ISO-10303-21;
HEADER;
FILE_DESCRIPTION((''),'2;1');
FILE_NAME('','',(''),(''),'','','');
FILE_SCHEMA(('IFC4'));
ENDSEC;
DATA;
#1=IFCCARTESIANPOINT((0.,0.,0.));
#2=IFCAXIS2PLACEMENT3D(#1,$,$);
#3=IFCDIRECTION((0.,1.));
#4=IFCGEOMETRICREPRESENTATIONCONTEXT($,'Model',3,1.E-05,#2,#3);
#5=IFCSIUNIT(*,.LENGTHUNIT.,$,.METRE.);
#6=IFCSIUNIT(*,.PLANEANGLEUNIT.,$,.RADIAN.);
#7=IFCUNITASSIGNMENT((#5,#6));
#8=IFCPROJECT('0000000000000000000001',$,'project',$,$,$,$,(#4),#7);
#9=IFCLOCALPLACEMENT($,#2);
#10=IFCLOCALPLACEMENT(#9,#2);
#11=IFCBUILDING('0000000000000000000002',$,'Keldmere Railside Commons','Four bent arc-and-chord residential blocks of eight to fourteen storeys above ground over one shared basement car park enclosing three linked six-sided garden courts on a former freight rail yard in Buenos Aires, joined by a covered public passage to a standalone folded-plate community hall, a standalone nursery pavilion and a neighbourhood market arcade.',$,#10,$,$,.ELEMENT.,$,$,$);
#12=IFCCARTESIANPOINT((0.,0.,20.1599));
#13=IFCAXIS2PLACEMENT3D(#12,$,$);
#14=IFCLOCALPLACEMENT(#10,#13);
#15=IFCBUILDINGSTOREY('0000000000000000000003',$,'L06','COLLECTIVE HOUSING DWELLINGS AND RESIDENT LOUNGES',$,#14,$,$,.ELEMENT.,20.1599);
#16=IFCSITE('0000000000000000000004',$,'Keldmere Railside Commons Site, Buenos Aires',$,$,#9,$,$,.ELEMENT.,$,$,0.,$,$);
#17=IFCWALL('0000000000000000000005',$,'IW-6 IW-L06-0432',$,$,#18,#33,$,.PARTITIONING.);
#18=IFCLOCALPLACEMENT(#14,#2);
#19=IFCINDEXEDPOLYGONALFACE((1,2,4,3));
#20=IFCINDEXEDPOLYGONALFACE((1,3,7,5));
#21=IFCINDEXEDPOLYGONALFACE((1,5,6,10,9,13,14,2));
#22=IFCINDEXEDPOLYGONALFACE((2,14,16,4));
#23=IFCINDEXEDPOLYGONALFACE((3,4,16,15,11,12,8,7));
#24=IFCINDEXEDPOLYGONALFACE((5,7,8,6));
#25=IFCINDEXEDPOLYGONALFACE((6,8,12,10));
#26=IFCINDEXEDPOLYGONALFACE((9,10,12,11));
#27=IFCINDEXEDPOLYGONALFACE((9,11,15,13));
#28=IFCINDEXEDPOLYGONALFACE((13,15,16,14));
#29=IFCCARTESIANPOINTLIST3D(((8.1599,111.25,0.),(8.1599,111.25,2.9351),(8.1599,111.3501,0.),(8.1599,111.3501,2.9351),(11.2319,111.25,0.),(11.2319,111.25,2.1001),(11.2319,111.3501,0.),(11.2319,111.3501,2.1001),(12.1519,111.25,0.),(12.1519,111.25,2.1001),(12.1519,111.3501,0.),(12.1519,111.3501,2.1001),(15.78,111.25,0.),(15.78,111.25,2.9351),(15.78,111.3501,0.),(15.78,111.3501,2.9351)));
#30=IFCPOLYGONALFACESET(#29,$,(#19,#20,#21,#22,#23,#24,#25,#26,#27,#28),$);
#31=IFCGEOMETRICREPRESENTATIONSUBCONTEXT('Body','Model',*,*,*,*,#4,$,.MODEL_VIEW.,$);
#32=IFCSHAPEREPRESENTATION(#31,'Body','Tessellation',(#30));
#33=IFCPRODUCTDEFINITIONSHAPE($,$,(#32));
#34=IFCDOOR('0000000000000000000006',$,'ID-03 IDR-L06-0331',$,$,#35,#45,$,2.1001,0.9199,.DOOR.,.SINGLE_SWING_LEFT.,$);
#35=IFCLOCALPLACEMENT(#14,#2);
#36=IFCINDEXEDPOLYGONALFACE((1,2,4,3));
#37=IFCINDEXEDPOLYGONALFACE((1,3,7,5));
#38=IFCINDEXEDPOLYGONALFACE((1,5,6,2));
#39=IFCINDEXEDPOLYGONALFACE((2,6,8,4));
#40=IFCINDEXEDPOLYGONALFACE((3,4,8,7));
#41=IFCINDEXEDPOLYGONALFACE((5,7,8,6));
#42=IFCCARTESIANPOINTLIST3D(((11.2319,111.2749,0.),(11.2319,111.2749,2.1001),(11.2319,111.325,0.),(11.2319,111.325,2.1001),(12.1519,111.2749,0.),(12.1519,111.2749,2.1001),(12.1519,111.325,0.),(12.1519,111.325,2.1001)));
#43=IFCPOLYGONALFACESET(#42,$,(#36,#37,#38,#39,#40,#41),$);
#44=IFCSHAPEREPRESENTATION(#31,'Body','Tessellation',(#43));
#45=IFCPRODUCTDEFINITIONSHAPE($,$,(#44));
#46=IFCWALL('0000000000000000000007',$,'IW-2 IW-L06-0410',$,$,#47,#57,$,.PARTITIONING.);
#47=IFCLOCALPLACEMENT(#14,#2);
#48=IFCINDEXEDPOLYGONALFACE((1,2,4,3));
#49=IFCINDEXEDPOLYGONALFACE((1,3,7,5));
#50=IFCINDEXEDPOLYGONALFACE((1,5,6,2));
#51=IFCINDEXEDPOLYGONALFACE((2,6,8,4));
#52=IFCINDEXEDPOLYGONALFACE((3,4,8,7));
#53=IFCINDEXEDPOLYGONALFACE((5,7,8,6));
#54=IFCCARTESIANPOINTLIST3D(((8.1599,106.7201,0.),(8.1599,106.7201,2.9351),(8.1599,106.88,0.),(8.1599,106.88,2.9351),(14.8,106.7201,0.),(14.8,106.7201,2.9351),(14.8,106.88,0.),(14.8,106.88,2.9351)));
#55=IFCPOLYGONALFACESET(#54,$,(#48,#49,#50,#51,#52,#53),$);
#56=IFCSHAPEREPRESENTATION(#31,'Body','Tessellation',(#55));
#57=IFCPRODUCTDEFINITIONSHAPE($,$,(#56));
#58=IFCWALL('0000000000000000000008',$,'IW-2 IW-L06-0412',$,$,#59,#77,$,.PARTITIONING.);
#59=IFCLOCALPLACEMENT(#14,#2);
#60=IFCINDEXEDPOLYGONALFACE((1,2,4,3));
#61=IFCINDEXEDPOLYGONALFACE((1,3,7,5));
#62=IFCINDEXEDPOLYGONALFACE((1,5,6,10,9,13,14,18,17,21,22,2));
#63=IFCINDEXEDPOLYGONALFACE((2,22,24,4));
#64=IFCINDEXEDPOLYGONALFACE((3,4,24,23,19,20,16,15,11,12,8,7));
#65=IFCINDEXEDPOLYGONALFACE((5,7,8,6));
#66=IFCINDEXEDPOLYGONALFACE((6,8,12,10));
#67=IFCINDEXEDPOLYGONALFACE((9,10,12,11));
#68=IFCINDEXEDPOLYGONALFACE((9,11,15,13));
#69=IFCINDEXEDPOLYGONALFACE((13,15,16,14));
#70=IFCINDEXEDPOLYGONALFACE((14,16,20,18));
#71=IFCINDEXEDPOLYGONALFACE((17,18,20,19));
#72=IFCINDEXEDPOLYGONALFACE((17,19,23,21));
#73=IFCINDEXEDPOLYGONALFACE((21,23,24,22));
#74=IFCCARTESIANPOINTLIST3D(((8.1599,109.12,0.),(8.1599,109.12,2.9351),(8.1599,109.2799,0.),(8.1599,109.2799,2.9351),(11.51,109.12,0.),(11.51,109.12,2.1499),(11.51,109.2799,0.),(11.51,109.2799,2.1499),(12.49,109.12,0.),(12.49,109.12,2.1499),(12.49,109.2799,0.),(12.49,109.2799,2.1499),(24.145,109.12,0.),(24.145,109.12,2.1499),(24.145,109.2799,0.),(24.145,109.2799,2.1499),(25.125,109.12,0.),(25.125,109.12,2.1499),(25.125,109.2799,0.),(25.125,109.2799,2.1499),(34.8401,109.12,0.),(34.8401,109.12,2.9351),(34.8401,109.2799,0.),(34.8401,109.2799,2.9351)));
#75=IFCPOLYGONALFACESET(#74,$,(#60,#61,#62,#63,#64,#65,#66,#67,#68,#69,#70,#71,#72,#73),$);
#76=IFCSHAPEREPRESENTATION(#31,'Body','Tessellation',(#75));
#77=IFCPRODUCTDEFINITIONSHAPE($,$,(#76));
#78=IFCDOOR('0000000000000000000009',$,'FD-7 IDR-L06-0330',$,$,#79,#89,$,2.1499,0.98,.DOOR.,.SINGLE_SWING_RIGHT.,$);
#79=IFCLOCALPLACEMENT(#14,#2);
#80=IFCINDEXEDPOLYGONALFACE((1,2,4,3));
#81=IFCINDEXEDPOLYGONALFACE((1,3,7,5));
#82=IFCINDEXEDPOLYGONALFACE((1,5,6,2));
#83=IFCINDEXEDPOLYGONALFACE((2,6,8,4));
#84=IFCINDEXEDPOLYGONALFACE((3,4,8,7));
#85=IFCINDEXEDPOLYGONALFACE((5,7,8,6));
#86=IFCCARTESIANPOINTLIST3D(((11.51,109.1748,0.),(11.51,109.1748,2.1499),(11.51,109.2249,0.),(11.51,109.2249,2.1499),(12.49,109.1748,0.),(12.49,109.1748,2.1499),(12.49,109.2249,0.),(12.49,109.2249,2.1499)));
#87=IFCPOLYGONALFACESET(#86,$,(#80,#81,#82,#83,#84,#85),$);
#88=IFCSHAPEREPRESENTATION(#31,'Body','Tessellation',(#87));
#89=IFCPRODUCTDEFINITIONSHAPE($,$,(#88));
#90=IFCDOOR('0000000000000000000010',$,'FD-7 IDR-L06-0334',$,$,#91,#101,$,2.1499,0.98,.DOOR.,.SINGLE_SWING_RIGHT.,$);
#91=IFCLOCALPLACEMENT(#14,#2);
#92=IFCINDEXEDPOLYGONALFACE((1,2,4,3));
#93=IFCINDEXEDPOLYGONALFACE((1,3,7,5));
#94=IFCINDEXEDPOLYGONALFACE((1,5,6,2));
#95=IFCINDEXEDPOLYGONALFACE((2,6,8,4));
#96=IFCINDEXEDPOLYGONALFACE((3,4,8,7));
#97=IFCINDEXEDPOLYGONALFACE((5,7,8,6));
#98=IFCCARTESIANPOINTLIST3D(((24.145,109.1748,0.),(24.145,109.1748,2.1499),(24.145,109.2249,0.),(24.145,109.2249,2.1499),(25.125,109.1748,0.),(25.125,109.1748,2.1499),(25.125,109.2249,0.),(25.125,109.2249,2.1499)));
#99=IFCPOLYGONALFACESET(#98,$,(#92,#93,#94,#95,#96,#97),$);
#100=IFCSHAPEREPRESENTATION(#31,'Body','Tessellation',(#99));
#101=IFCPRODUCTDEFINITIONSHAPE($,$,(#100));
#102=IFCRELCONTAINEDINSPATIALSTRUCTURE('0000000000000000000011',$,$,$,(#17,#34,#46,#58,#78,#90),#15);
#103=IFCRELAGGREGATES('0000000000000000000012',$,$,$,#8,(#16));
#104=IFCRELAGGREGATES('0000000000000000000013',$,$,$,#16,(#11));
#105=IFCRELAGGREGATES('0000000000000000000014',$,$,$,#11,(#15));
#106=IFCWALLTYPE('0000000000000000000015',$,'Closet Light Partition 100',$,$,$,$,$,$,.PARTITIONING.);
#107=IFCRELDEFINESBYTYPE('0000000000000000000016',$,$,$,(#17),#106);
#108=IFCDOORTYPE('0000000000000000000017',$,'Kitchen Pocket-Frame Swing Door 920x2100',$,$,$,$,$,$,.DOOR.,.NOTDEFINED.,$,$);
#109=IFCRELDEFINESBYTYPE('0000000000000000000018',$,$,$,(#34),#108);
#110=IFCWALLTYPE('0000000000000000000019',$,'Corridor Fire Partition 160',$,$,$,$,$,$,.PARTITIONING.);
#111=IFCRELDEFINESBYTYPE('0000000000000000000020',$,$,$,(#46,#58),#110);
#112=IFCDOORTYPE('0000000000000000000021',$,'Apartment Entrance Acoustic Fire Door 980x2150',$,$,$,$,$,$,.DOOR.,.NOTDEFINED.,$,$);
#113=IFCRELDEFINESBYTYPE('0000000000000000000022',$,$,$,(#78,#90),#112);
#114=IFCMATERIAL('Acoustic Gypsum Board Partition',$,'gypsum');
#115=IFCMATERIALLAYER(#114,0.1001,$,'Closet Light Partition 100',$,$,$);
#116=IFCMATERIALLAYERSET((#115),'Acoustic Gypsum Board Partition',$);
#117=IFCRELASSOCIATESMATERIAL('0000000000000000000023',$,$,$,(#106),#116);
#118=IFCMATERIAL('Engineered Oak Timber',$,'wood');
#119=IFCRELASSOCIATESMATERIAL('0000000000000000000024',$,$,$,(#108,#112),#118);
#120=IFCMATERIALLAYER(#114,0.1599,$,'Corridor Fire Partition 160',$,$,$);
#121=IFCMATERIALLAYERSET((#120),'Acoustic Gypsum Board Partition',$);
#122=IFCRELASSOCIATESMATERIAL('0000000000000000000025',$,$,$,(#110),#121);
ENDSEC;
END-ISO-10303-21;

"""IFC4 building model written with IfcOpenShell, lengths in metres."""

from ifc_helpers import new_model, si_unit, direction, frame, frame_2d, origin, place, context, subcontext, project, spatial, rectangle, extrude, material, layer, layer_set, type_object, element, fill, save


model = new_model("IFC4")

# Units and contexts
model_context = context("Model", 3, precision=1e-05, world=origin(), true_north=direction((0.0, 1.0)))
body_context = subcontext(model_context, "Body", "Model", "MODEL_VIEW")
ifc_project = project(units=[si_unit("LENGTHUNIT", "METRE"), si_unit("PLANEANGLEUNIT", "RADIAN")], contexts=[model_context])

# Site, building, storey
site_placement = place(None, origin())
site = spatial("IfcSite", under=ifc_project, at=site_placement, Name="Keldmere Railside Commons Site, Buenos Aires", CompositionType="ELEMENT", RefElevation=0.0)
building_placement = place(site_placement, origin())
building = spatial("IfcBuilding", under=site, at=building_placement, Name="Keldmere Railside Commons", Description="Four bent arc-and-chord residential blocks of eight to fourteen storeys above ground over one shared basement car park enclosing three linked six-sided garden courts on a former freight rail yard in Buenos Aires, joined by a covered public passage to a standalone folded-plate community hall, a standalone nursery pavilion and a neighbourhood market arcade.", CompositionType="ELEMENT")
storey_placement = place(building_placement, frame((0.0, 0.0, 20.1599)))
storey = spatial("IfcBuildingStorey", under=building, at=storey_placement, Name="L06", Description="COLLECTIVE HOUSING DWELLINGS AND RESIDENT LOUNGES", CompositionType="ELEMENT", Elevation=20.1599)

# Wall, opening, door
ifc_material_1 = material(Name="Acoustic Gypsum Board Partition", Category="gypsum")
ifc_layer_1 = layer(ifc_material_1, 0.1001, Name="Closet Light Partition 100")
ifc_layer_set_1 = layer_set([ifc_layer_1], Name="Acoustic Gypsum Board Partition")
wall_type_1 = type_object("IfcWallType", Name="Closet Light Partition 100", PredefinedType="PARTITIONING", material=ifc_layer_set_1)
wall_1_placement = place(storey_placement, frame((8.1599, 111.3, 0.0), z_axis=(0.0, 0.0, 1.0), x_axis=(1.0, 0.0, 0.0)))
wall_1 = element("IfcWall", 1, at=wall_1_placement, inside=storey, type_object=wall_type_1, Name="IW-6 IW-L06-0432", PredefinedType="PARTITIONING", context=body_context, shape_type="SweptSolid", body=[
    extrude(rectangle(XDim=7.6201, YDim=0.1001, at=frame_2d((3.8101, 0.0))), origin(), (0.0, 0.0, 1.0), 2.9351),
])
opening_1_placement = place(wall_1_placement, frame((3.072, 0.0, 0.0)))
opening_1 = element("IfcOpeningElement", 2, at=opening_1_placement, cuts=wall_1, PredefinedType="OPENING", context=body_context, shape_type="SweptSolid", body=[
    extrude(rectangle(XDim=0.9199, YDim=2.1001, at=frame_2d((0.46, 1.05))), frame((0.0, 0.0601, 0.0), z_axis=(0.0, -1.0, 0.0), x_axis=(1.0, 0.0, 0.0)), (0.0, 0.0, 1.0), 0.1201),
])
ifc_material_2 = material(Name="Engineered Oak Timber", Category="wood")
door_type_1 = type_object("IfcDoorType", Name="Kitchen Pocket-Frame Swing Door 920x2100", OperationType="NOTDEFINED", PredefinedType="DOOR", material=ifc_material_2)
door_1_placement = place(opening_1_placement, origin())
door_1 = element("IfcDoor", 3, at=door_1_placement, inside=storey, type_object=door_type_1, Name="ID-03 IDR-L06-0331", OperationType="SINGLE_SWING_LEFT", OverallHeight=2.1001, OverallWidth=0.9199, PredefinedType="DOOR", context=body_context, shape_type="SweptSolid", body=[
    extrude(rectangle(XDim=0.9199, YDim=2.1001, at=frame_2d((0.46, 1.05))), frame((0.0, 0.0249, 0.0), z_axis=(0.0, -1.0, 0.0), x_axis=(1.0, 0.0, 0.0)), (0.0, 0.0, 1.0), 0.05),
])
fill(opening_1, door_1)

# Wall
ifc_layer_2 = layer(ifc_material_1, 0.1599, Name="Corridor Fire Partition 160")
ifc_layer_set_2 = layer_set([ifc_layer_2], Name="Acoustic Gypsum Board Partition")
wall_type_2 = type_object("IfcWallType", Name="Corridor Fire Partition 160", PredefinedType="PARTITIONING", material=ifc_layer_set_2)
wall_2_placement = place(storey_placement, frame((8.1599, 106.8, 0.0), z_axis=(0.0, 0.0, 1.0), x_axis=(1.0, 0.0, 0.0)))
element("IfcWall", 4, at=wall_2_placement, inside=storey, type_object=wall_type_2, Name="IW-2 IW-L06-0410", PredefinedType="PARTITIONING", context=body_context, shape_type="SweptSolid", body=[
    extrude(rectangle(XDim=6.6401, YDim=0.1599, at=frame_2d((3.3201, 0.0))), origin(), (0.0, 0.0, 1.0), 2.9351),
])

# Wall, openings, doors
wall_3_placement = place(storey_placement, frame((8.1599, 109.2, 0.0), z_axis=(0.0, 0.0, 1.0), x_axis=(1.0, 0.0, 0.0)))
wall_3 = element("IfcWall", 5, at=wall_3_placement, inside=storey, type_object=wall_type_2, Name="IW-2 IW-L06-0412", PredefinedType="PARTITIONING", context=body_context, shape_type="SweptSolid", body=[
    extrude(rectangle(XDim=26.6802, YDim=0.1599, at=frame_2d((13.3401, 0.0))), origin(), (0.0, 0.0, 1.0), 2.9351),
])
opening_2_placement = place(wall_3_placement, frame((3.3501, 0.0, 0.0)))
opening_2 = element("IfcOpeningElement", 6, at=opening_2_placement, cuts=wall_3, PredefinedType="OPENING", context=body_context, shape_type="SweptSolid", body=[
    extrude(rectangle(XDim=0.98, YDim=2.1499, at=frame_2d((0.49, 1.075))), frame((0.0, 0.0898, 0.0), z_axis=(0.0, -1.0, 0.0), x_axis=(1.0, 0.0, 0.0)), (0.0, 0.0, 1.0), 0.1799),
])
opening_3_placement = place(wall_3_placement, frame((15.9851, 0.0, 0.0)))
opening_3 = element("IfcOpeningElement", 7, at=opening_3_placement, cuts=wall_3, PredefinedType="OPENING", context=body_context, shape_type="SweptSolid", body=[
    extrude(rectangle(XDim=0.98, YDim=2.1499, at=frame_2d((0.49, 1.075))), frame((0.0, 0.0898, 0.0), z_axis=(0.0, -1.0, 0.0), x_axis=(1.0, 0.0, 0.0)), (0.0, 0.0, 1.0), 0.1799),
])
door_type_2 = type_object("IfcDoorType", Name="Apartment Entrance Acoustic Fire Door 980x2150", OperationType="NOTDEFINED", PredefinedType="DOOR", material=ifc_material_2)
door_2_placement = place(opening_2_placement, origin())
door_2 = element("IfcDoor", 8, at=door_2_placement, inside=storey, type_object=door_type_2, Name="FD-7 IDR-L06-0330", OperationType="SINGLE_SWING_RIGHT", OverallHeight=2.1499, OverallWidth=0.98, PredefinedType="DOOR", context=body_context, shape_type="SweptSolid", body=[
    extrude(rectangle(XDim=0.98, YDim=2.1499, at=frame_2d((0.49, 1.075))), frame((0.0, 0.0249, 0.0), z_axis=(0.0, -1.0, 0.0), x_axis=(1.0, 0.0, 0.0)), (0.0, 0.0, 1.0), 0.05),
])
fill(opening_2, door_2)
door_3_placement = place(opening_3_placement, origin())
door_3 = element("IfcDoor", 9, at=door_3_placement, inside=storey, type_object=door_type_2, Name="FD-7 IDR-L06-0334", OperationType="SINGLE_SWING_RIGHT", OverallHeight=2.1499, OverallWidth=0.98, PredefinedType="DOOR", context=body_context, shape_type="SweptSolid", body=[
    extrude(rectangle(XDim=0.98, YDim=2.1499, at=frame_2d((0.49, 1.075))), frame((0.0, 0.0249, 0.0), z_axis=(0.0, -1.0, 0.0), x_axis=(1.0, 0.0, 0.0)), (0.0, 0.0, 1.0), 0.05),
])
fill(opening_3, door_3)

save(model, "model.ifc")
